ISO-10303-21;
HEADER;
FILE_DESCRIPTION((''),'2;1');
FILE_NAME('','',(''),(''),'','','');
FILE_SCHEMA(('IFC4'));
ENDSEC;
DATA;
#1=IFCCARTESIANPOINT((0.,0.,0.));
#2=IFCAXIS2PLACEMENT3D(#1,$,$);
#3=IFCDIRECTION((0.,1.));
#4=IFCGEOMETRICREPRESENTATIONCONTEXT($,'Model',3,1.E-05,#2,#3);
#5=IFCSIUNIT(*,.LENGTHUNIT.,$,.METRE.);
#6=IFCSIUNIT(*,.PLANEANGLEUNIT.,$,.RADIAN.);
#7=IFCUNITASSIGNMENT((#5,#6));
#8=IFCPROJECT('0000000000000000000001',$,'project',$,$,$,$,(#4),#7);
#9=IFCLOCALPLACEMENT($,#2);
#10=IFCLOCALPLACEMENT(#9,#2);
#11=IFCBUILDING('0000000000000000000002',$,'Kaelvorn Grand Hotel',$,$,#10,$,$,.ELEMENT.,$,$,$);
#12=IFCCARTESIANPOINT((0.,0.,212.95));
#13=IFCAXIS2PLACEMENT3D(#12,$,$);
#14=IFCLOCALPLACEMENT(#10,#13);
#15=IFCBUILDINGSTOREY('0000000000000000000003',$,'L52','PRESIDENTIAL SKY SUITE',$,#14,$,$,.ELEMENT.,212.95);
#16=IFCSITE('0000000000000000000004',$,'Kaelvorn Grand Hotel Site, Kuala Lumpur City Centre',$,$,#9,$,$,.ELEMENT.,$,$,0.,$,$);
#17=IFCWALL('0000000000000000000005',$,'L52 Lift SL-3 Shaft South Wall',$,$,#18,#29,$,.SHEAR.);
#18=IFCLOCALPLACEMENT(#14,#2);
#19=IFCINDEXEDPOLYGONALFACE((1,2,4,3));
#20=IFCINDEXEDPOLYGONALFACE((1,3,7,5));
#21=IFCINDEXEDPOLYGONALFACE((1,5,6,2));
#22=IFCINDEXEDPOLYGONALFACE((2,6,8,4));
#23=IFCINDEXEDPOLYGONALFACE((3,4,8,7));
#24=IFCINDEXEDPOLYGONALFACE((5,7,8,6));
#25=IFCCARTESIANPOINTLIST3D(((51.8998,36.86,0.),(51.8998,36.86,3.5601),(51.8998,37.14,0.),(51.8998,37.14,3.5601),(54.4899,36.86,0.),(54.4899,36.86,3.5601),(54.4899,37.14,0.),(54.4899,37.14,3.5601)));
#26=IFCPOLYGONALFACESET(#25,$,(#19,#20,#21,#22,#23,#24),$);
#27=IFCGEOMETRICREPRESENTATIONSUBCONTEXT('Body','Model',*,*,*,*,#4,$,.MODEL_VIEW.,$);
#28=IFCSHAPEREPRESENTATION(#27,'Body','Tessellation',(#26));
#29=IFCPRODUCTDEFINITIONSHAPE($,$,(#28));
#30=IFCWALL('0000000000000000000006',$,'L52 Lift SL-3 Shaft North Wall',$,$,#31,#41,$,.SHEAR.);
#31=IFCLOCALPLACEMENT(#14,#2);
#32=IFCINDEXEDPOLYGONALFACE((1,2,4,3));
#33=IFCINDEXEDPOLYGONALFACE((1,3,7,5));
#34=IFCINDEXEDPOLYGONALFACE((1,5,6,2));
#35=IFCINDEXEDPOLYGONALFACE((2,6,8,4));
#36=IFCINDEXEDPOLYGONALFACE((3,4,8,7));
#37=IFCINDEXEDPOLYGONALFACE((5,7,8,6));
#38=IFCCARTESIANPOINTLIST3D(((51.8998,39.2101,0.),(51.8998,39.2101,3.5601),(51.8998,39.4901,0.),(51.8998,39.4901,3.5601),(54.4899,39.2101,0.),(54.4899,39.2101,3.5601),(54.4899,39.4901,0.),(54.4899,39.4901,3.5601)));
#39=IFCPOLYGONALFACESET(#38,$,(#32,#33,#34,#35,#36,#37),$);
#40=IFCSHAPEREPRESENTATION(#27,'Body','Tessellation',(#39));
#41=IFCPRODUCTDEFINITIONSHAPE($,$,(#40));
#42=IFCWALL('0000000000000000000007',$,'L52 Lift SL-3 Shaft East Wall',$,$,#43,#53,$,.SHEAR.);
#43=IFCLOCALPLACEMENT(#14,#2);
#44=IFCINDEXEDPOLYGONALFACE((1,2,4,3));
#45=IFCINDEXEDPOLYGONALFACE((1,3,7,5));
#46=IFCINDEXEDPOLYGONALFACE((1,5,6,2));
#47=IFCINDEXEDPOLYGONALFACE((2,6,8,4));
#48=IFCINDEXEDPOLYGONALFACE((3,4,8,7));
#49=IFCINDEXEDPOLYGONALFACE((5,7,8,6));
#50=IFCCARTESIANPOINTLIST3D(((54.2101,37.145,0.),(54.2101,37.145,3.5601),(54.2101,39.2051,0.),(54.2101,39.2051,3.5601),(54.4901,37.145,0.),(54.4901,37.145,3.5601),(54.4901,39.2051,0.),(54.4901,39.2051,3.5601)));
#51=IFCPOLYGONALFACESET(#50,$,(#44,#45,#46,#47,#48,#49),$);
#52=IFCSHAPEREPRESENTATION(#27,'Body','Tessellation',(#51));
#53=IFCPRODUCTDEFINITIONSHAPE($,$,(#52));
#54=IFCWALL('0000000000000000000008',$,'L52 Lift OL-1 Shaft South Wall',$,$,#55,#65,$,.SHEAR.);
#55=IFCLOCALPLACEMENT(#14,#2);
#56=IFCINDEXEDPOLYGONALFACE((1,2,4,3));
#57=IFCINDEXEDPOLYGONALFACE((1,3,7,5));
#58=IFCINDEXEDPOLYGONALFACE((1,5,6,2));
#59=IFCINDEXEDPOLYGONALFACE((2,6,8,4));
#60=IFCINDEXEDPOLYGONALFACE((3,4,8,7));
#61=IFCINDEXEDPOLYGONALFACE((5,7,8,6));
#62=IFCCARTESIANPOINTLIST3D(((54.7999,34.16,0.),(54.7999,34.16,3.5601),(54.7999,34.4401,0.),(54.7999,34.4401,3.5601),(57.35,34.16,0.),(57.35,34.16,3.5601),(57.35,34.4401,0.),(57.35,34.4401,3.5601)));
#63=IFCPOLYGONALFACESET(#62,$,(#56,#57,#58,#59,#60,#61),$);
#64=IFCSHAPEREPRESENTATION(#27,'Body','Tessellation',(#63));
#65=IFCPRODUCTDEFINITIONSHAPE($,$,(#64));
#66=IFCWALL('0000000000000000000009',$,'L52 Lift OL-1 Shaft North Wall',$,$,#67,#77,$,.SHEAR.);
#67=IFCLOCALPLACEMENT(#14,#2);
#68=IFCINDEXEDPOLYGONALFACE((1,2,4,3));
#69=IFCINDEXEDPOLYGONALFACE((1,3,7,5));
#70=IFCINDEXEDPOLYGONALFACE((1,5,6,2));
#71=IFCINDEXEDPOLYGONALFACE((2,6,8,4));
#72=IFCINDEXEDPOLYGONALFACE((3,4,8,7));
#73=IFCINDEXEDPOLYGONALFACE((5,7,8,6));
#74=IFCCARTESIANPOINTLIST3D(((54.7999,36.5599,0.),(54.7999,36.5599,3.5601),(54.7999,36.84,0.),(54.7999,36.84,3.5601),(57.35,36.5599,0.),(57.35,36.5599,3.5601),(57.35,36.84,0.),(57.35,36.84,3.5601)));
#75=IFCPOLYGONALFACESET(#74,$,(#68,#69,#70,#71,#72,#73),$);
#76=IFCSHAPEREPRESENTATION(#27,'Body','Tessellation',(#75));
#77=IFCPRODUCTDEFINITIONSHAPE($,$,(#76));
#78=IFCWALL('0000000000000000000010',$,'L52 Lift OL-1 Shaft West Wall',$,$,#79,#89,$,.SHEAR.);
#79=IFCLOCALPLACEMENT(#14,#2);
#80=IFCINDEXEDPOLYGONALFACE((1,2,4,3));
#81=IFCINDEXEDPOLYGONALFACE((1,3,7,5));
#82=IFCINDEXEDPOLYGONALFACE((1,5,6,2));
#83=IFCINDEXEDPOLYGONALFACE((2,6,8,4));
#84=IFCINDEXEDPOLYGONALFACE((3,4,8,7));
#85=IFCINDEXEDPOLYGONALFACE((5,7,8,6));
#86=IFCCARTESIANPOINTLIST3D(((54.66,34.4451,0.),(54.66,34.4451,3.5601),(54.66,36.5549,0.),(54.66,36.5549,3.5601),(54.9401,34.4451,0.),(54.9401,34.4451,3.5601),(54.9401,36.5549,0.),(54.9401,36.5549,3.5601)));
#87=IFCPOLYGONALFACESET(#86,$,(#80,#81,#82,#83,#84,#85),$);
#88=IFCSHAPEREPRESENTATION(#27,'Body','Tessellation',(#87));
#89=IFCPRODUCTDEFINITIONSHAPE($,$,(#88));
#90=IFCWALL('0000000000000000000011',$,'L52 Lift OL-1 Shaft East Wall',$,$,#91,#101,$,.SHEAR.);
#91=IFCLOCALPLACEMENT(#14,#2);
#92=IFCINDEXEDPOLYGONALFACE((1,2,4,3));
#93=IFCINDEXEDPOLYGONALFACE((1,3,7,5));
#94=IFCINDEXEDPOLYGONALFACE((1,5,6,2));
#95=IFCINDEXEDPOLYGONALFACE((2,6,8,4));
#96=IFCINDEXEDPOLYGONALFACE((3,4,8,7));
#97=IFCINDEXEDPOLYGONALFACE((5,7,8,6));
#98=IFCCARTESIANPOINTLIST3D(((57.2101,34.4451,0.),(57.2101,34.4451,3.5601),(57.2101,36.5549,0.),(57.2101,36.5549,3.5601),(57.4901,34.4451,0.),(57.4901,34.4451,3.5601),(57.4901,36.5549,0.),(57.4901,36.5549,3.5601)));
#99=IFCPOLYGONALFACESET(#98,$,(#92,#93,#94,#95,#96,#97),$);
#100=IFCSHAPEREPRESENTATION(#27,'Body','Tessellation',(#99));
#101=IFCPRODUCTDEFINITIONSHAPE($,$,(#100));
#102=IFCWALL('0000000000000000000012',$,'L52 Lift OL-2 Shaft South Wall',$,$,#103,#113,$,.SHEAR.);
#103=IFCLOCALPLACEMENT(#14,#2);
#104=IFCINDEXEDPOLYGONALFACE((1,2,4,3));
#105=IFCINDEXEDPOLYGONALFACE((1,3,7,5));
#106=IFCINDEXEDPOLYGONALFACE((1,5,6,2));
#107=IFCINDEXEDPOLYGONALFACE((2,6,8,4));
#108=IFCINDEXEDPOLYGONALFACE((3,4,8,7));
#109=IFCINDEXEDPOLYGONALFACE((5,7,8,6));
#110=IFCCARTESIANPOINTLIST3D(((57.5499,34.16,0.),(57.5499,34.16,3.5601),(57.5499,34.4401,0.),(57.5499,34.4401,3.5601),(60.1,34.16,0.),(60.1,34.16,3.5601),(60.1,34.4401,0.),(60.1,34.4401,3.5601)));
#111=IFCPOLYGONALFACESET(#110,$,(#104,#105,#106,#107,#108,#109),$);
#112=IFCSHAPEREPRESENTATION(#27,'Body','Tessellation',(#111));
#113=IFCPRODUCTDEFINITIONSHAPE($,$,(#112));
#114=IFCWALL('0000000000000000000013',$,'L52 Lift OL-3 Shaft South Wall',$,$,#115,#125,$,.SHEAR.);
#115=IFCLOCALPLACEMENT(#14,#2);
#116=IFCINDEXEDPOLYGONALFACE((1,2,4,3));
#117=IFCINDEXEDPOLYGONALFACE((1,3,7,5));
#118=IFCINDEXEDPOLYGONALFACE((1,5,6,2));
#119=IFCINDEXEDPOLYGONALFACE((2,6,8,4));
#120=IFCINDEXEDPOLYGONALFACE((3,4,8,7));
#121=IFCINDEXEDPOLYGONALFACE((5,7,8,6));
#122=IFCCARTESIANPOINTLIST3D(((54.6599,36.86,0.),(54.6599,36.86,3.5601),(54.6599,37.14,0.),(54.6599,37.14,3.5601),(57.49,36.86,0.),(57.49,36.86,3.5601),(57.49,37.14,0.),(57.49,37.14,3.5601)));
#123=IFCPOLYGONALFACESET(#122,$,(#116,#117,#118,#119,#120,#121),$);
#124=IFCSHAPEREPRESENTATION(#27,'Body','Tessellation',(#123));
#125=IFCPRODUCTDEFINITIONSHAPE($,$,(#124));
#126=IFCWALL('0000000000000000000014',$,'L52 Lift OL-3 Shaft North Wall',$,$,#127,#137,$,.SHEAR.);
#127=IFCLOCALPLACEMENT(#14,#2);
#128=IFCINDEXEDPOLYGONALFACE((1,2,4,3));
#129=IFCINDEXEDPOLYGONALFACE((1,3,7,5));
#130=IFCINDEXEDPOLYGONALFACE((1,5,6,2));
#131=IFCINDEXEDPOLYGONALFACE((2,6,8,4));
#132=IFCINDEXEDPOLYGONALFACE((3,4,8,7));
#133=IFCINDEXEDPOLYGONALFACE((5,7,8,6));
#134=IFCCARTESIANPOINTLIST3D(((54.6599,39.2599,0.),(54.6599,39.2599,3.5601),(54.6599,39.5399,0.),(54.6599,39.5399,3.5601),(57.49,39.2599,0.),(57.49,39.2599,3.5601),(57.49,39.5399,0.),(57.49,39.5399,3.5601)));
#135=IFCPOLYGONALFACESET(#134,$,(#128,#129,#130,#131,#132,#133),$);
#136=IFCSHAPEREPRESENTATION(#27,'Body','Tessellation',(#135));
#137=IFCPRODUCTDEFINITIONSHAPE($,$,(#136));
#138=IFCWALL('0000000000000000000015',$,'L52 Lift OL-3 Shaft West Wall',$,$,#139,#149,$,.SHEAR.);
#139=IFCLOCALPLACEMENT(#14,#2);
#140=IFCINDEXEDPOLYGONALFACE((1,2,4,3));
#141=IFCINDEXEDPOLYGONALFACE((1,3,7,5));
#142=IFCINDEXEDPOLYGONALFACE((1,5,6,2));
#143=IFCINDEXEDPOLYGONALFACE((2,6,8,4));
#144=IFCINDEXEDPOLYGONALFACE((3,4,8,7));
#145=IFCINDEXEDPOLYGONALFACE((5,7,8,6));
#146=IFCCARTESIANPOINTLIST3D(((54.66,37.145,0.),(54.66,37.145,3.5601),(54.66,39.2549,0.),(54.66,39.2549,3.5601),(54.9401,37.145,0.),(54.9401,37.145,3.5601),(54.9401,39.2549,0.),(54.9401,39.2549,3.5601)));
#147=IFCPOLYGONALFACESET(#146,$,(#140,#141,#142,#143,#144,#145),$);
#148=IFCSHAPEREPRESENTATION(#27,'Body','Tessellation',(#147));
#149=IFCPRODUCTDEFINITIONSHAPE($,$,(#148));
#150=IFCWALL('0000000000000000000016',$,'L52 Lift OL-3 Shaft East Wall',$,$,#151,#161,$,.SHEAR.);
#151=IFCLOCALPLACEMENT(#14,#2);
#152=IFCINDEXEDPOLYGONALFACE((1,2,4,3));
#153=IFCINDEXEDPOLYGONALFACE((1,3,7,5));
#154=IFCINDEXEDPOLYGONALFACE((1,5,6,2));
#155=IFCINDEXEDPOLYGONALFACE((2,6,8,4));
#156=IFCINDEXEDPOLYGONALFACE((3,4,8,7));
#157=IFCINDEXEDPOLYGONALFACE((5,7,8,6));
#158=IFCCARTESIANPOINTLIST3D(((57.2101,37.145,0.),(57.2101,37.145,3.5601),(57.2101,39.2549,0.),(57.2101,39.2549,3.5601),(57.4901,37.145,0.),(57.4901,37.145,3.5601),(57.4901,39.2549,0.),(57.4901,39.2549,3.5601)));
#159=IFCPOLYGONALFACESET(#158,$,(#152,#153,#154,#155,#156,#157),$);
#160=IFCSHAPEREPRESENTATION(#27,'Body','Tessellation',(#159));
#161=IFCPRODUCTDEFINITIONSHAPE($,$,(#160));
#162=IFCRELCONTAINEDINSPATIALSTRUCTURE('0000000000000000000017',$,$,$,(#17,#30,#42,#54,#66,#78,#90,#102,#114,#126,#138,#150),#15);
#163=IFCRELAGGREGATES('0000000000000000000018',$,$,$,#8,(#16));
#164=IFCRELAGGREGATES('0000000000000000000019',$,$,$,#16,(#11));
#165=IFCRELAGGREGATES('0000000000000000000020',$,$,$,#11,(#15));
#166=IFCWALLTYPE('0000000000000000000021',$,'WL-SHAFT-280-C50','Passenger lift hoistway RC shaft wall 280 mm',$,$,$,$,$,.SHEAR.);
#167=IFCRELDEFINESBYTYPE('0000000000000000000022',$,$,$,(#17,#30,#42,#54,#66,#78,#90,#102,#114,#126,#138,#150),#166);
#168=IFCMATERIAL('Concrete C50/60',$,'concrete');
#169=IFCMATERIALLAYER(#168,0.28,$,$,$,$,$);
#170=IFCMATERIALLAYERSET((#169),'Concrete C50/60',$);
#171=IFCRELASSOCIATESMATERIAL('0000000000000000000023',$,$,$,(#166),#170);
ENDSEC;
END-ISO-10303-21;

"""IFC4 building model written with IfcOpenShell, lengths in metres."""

from ifc_helpers import new_model, si_unit, direction, frame, frame_2d, origin, place, context, subcontext, project, spatial, rectangle, extrude, material, layer, layer_set, type_object, element, save


model = new_model("IFC4")

# Units and contexts
model_context = context("Model", 3, precision=1e-05, world=origin(), true_north=direction((0.0, 1.0)))
body_context = subcontext(model_context, "Body", "Model", "MODEL_VIEW")
ifc_project = project(units=[si_unit("LENGTHUNIT", "METRE"), si_unit("PLANEANGLEUNIT", "RADIAN")], contexts=[model_context])

# Site, building, storey
site_placement = place(None, origin())
site = spatial("IfcSite", under=ifc_project, at=site_placement, Name="Kaelvorn Grand Hotel Site, Kuala Lumpur City Centre", CompositionType="ELEMENT", RefElevation=0.0)
building_placement = place(site_placement, origin())
building = spatial("IfcBuilding", under=site, at=building_placement, Name="Kaelvorn Grand Hotel", CompositionType="ELEMENT")
storey_placement = place(building_placement, frame((0.0, 0.0, 212.95)))
storey = spatial("IfcBuildingStorey", under=building, at=storey_placement, Name="L52", Description="PRESIDENTIAL SKY SUITE", CompositionType="ELEMENT", Elevation=212.95)

# Shared definitions
ifc_material_1 = material(Name="Concrete C50/60", Category="concrete")

# Shared definitions
ifc_layer_1 = layer(ifc_material_1, 0.28)
ifc_layer_set_1 = layer_set([ifc_layer_1], Name="Concrete C50/60")
wall_type_1 = type_object("IfcWallType", Name="WL-SHAFT-280-C50", Description="Passenger lift hoistway RC shaft wall 280 mm", PredefinedType="SHEAR", material=ifc_layer_set_1)

# Walls
for number, where, z_axis, x_axis, name in (
    (1, (51.8999, 37.0, 0.0), (0.0, 0.0, 1.0), (1.0, 0.0, 0.0), "L52 Lift SL-3 Shaft South Wall"),
    (2, (51.8999, 39.3501, 0.0), (0.0, 0.0, 1.0), (1.0, 0.0, 0.0), "L52 Lift SL-3 Shaft North Wall"),
):
    element("IfcWall", number, at=place(storey_placement, frame(where, z_axis=z_axis, x_axis=x_axis)), inside=storey, type_object=wall_type_1, Name=name, PredefinedType="SHEAR", context=body_context, shape_type="SweptSolid", body=[
        extrude(rectangle(XDim=2.5901, YDim=0.28, at=frame_2d((1.2949, 0.0))), origin(), (0.0, 0.0, 1.0), 3.5601),
    ])
wall_1_placement = place(storey_placement, frame((54.3501, 37.145, 0.0), z_axis=(0.0, 0.0, 1.0), x_axis=(0.0, 1.0, 0.0)))
element("IfcWall", 3, at=wall_1_placement, inside=storey, type_object=wall_type_1, Name="L52 Lift SL-3 Shaft East Wall", PredefinedType="SHEAR", context=body_context, shape_type="SweptSolid", body=[
    extrude(rectangle(XDim=2.0601, YDim=0.28, at=frame_2d((1.03, 0.0))), origin(), (0.0, 0.0, 1.0), 3.5601),
])
for number, where, z_axis, x_axis, name in (
    (4, (54.8, 34.3, 0.0), (0.0, 0.0, 1.0), (1.0, 0.0, 0.0), "L52 Lift OL-1 Shaft South Wall"),
    (5, (54.8, 36.7, 0.0), (0.0, 0.0, 1.0), (1.0, 0.0, 0.0), "L52 Lift OL-1 Shaft North Wall"),
):
    element("IfcWall", number, at=place(storey_placement, frame(where, z_axis=z_axis, x_axis=x_axis)), inside=storey, type_object=wall_type_1, Name=name, PredefinedType="SHEAR", context=body_context, shape_type="SweptSolid", body=[
        extrude(rectangle(XDim=2.55, YDim=0.28, at=frame_2d((1.2749, 0.0))), origin(), (0.0, 0.0, 1.0), 3.5601),
    ])
for number, where, z_axis, x_axis, name in (
    (6, (54.8, 34.4451, 0.0), (0.0, 0.0, 1.0), (0.0, 1.0, 0.0), "L52 Lift OL-1 Shaft West Wall"),
    (7, (57.3501, 34.4451, 0.0), (0.0, 0.0, 1.0), (0.0, 1.0, 0.0), "L52 Lift OL-1 Shaft East Wall"),
):
    element("IfcWall", number, at=place(storey_placement, frame(where, z_axis=z_axis, x_axis=x_axis)), inside=storey, type_object=wall_type_1, Name=name, PredefinedType="SHEAR", context=body_context, shape_type="SweptSolid", body=[
        extrude(rectangle(XDim=2.1099, YDim=0.28, at=frame_2d((1.0549, 0.0))), origin(), (0.0, 0.0, 1.0), 3.5601),
    ])
wall_2_placement = place(storey_placement, frame((57.55, 34.3, 0.0), z_axis=(0.0, 0.0, 1.0), x_axis=(1.0, 0.0, 0.0)))
element("IfcWall", 8, at=wall_2_placement, inside=storey, type_object=wall_type_1, Name="L52 Lift OL-2 Shaft South Wall", PredefinedType="SHEAR", context=body_context, shape_type="SweptSolid", body=[
    extrude(rectangle(XDim=2.55, YDim=0.28, at=frame_2d((1.2749, 0.0))), origin(), (0.0, 0.0, 1.0), 3.5601),
])
for number, where, z_axis, x_axis, name in (
    (9, (54.6599, 37.0, 0.0), (0.0, 0.0, 1.0), (1.0, 0.0, 0.0), "L52 Lift OL-3 Shaft South Wall"),
    (10, (54.6599, 39.3999, 0.0), (0.0, 0.0, 1.0), (1.0, 0.0, 0.0), "L52 Lift OL-3 Shaft North Wall"),
):
    element("IfcWall", number, at=place(storey_placement, frame(where, z_axis=z_axis, x_axis=x_axis)), inside=storey, type_object=wall_type_1, Name=name, PredefinedType="SHEAR", context=body_context, shape_type="SweptSolid", body=[
        extrude(rectangle(XDim=2.8301, YDim=0.28, at=frame_2d((1.415, 0.0))), origin(), (0.0, 0.0, 1.0), 3.5601),
    ])
for number, where, z_axis, x_axis, name in (
    (11, (54.8, 37.145, 0.0), (0.0, 0.0, 1.0), (0.0, 1.0, 0.0), "L52 Lift OL-3 Shaft West Wall"),
    (12, (57.3501, 37.145, 0.0), (0.0, 0.0, 1.0), (0.0, 1.0, 0.0), "L52 Lift OL-3 Shaft East Wall"),
):
    element("IfcWall", number, at=place(storey_placement, frame(where, z_axis=z_axis, x_axis=x_axis)), inside=storey, type_object=wall_type_1, Name=name, PredefinedType="SHEAR", context=body_context, shape_type="SweptSolid", body=[
        extrude(rectangle(XDim=2.1099, YDim=0.28, at=frame_2d((1.0549, 0.0))), origin(), (0.0, 0.0, 1.0), 3.5601),
    ])

save(model, "model.ifc")
